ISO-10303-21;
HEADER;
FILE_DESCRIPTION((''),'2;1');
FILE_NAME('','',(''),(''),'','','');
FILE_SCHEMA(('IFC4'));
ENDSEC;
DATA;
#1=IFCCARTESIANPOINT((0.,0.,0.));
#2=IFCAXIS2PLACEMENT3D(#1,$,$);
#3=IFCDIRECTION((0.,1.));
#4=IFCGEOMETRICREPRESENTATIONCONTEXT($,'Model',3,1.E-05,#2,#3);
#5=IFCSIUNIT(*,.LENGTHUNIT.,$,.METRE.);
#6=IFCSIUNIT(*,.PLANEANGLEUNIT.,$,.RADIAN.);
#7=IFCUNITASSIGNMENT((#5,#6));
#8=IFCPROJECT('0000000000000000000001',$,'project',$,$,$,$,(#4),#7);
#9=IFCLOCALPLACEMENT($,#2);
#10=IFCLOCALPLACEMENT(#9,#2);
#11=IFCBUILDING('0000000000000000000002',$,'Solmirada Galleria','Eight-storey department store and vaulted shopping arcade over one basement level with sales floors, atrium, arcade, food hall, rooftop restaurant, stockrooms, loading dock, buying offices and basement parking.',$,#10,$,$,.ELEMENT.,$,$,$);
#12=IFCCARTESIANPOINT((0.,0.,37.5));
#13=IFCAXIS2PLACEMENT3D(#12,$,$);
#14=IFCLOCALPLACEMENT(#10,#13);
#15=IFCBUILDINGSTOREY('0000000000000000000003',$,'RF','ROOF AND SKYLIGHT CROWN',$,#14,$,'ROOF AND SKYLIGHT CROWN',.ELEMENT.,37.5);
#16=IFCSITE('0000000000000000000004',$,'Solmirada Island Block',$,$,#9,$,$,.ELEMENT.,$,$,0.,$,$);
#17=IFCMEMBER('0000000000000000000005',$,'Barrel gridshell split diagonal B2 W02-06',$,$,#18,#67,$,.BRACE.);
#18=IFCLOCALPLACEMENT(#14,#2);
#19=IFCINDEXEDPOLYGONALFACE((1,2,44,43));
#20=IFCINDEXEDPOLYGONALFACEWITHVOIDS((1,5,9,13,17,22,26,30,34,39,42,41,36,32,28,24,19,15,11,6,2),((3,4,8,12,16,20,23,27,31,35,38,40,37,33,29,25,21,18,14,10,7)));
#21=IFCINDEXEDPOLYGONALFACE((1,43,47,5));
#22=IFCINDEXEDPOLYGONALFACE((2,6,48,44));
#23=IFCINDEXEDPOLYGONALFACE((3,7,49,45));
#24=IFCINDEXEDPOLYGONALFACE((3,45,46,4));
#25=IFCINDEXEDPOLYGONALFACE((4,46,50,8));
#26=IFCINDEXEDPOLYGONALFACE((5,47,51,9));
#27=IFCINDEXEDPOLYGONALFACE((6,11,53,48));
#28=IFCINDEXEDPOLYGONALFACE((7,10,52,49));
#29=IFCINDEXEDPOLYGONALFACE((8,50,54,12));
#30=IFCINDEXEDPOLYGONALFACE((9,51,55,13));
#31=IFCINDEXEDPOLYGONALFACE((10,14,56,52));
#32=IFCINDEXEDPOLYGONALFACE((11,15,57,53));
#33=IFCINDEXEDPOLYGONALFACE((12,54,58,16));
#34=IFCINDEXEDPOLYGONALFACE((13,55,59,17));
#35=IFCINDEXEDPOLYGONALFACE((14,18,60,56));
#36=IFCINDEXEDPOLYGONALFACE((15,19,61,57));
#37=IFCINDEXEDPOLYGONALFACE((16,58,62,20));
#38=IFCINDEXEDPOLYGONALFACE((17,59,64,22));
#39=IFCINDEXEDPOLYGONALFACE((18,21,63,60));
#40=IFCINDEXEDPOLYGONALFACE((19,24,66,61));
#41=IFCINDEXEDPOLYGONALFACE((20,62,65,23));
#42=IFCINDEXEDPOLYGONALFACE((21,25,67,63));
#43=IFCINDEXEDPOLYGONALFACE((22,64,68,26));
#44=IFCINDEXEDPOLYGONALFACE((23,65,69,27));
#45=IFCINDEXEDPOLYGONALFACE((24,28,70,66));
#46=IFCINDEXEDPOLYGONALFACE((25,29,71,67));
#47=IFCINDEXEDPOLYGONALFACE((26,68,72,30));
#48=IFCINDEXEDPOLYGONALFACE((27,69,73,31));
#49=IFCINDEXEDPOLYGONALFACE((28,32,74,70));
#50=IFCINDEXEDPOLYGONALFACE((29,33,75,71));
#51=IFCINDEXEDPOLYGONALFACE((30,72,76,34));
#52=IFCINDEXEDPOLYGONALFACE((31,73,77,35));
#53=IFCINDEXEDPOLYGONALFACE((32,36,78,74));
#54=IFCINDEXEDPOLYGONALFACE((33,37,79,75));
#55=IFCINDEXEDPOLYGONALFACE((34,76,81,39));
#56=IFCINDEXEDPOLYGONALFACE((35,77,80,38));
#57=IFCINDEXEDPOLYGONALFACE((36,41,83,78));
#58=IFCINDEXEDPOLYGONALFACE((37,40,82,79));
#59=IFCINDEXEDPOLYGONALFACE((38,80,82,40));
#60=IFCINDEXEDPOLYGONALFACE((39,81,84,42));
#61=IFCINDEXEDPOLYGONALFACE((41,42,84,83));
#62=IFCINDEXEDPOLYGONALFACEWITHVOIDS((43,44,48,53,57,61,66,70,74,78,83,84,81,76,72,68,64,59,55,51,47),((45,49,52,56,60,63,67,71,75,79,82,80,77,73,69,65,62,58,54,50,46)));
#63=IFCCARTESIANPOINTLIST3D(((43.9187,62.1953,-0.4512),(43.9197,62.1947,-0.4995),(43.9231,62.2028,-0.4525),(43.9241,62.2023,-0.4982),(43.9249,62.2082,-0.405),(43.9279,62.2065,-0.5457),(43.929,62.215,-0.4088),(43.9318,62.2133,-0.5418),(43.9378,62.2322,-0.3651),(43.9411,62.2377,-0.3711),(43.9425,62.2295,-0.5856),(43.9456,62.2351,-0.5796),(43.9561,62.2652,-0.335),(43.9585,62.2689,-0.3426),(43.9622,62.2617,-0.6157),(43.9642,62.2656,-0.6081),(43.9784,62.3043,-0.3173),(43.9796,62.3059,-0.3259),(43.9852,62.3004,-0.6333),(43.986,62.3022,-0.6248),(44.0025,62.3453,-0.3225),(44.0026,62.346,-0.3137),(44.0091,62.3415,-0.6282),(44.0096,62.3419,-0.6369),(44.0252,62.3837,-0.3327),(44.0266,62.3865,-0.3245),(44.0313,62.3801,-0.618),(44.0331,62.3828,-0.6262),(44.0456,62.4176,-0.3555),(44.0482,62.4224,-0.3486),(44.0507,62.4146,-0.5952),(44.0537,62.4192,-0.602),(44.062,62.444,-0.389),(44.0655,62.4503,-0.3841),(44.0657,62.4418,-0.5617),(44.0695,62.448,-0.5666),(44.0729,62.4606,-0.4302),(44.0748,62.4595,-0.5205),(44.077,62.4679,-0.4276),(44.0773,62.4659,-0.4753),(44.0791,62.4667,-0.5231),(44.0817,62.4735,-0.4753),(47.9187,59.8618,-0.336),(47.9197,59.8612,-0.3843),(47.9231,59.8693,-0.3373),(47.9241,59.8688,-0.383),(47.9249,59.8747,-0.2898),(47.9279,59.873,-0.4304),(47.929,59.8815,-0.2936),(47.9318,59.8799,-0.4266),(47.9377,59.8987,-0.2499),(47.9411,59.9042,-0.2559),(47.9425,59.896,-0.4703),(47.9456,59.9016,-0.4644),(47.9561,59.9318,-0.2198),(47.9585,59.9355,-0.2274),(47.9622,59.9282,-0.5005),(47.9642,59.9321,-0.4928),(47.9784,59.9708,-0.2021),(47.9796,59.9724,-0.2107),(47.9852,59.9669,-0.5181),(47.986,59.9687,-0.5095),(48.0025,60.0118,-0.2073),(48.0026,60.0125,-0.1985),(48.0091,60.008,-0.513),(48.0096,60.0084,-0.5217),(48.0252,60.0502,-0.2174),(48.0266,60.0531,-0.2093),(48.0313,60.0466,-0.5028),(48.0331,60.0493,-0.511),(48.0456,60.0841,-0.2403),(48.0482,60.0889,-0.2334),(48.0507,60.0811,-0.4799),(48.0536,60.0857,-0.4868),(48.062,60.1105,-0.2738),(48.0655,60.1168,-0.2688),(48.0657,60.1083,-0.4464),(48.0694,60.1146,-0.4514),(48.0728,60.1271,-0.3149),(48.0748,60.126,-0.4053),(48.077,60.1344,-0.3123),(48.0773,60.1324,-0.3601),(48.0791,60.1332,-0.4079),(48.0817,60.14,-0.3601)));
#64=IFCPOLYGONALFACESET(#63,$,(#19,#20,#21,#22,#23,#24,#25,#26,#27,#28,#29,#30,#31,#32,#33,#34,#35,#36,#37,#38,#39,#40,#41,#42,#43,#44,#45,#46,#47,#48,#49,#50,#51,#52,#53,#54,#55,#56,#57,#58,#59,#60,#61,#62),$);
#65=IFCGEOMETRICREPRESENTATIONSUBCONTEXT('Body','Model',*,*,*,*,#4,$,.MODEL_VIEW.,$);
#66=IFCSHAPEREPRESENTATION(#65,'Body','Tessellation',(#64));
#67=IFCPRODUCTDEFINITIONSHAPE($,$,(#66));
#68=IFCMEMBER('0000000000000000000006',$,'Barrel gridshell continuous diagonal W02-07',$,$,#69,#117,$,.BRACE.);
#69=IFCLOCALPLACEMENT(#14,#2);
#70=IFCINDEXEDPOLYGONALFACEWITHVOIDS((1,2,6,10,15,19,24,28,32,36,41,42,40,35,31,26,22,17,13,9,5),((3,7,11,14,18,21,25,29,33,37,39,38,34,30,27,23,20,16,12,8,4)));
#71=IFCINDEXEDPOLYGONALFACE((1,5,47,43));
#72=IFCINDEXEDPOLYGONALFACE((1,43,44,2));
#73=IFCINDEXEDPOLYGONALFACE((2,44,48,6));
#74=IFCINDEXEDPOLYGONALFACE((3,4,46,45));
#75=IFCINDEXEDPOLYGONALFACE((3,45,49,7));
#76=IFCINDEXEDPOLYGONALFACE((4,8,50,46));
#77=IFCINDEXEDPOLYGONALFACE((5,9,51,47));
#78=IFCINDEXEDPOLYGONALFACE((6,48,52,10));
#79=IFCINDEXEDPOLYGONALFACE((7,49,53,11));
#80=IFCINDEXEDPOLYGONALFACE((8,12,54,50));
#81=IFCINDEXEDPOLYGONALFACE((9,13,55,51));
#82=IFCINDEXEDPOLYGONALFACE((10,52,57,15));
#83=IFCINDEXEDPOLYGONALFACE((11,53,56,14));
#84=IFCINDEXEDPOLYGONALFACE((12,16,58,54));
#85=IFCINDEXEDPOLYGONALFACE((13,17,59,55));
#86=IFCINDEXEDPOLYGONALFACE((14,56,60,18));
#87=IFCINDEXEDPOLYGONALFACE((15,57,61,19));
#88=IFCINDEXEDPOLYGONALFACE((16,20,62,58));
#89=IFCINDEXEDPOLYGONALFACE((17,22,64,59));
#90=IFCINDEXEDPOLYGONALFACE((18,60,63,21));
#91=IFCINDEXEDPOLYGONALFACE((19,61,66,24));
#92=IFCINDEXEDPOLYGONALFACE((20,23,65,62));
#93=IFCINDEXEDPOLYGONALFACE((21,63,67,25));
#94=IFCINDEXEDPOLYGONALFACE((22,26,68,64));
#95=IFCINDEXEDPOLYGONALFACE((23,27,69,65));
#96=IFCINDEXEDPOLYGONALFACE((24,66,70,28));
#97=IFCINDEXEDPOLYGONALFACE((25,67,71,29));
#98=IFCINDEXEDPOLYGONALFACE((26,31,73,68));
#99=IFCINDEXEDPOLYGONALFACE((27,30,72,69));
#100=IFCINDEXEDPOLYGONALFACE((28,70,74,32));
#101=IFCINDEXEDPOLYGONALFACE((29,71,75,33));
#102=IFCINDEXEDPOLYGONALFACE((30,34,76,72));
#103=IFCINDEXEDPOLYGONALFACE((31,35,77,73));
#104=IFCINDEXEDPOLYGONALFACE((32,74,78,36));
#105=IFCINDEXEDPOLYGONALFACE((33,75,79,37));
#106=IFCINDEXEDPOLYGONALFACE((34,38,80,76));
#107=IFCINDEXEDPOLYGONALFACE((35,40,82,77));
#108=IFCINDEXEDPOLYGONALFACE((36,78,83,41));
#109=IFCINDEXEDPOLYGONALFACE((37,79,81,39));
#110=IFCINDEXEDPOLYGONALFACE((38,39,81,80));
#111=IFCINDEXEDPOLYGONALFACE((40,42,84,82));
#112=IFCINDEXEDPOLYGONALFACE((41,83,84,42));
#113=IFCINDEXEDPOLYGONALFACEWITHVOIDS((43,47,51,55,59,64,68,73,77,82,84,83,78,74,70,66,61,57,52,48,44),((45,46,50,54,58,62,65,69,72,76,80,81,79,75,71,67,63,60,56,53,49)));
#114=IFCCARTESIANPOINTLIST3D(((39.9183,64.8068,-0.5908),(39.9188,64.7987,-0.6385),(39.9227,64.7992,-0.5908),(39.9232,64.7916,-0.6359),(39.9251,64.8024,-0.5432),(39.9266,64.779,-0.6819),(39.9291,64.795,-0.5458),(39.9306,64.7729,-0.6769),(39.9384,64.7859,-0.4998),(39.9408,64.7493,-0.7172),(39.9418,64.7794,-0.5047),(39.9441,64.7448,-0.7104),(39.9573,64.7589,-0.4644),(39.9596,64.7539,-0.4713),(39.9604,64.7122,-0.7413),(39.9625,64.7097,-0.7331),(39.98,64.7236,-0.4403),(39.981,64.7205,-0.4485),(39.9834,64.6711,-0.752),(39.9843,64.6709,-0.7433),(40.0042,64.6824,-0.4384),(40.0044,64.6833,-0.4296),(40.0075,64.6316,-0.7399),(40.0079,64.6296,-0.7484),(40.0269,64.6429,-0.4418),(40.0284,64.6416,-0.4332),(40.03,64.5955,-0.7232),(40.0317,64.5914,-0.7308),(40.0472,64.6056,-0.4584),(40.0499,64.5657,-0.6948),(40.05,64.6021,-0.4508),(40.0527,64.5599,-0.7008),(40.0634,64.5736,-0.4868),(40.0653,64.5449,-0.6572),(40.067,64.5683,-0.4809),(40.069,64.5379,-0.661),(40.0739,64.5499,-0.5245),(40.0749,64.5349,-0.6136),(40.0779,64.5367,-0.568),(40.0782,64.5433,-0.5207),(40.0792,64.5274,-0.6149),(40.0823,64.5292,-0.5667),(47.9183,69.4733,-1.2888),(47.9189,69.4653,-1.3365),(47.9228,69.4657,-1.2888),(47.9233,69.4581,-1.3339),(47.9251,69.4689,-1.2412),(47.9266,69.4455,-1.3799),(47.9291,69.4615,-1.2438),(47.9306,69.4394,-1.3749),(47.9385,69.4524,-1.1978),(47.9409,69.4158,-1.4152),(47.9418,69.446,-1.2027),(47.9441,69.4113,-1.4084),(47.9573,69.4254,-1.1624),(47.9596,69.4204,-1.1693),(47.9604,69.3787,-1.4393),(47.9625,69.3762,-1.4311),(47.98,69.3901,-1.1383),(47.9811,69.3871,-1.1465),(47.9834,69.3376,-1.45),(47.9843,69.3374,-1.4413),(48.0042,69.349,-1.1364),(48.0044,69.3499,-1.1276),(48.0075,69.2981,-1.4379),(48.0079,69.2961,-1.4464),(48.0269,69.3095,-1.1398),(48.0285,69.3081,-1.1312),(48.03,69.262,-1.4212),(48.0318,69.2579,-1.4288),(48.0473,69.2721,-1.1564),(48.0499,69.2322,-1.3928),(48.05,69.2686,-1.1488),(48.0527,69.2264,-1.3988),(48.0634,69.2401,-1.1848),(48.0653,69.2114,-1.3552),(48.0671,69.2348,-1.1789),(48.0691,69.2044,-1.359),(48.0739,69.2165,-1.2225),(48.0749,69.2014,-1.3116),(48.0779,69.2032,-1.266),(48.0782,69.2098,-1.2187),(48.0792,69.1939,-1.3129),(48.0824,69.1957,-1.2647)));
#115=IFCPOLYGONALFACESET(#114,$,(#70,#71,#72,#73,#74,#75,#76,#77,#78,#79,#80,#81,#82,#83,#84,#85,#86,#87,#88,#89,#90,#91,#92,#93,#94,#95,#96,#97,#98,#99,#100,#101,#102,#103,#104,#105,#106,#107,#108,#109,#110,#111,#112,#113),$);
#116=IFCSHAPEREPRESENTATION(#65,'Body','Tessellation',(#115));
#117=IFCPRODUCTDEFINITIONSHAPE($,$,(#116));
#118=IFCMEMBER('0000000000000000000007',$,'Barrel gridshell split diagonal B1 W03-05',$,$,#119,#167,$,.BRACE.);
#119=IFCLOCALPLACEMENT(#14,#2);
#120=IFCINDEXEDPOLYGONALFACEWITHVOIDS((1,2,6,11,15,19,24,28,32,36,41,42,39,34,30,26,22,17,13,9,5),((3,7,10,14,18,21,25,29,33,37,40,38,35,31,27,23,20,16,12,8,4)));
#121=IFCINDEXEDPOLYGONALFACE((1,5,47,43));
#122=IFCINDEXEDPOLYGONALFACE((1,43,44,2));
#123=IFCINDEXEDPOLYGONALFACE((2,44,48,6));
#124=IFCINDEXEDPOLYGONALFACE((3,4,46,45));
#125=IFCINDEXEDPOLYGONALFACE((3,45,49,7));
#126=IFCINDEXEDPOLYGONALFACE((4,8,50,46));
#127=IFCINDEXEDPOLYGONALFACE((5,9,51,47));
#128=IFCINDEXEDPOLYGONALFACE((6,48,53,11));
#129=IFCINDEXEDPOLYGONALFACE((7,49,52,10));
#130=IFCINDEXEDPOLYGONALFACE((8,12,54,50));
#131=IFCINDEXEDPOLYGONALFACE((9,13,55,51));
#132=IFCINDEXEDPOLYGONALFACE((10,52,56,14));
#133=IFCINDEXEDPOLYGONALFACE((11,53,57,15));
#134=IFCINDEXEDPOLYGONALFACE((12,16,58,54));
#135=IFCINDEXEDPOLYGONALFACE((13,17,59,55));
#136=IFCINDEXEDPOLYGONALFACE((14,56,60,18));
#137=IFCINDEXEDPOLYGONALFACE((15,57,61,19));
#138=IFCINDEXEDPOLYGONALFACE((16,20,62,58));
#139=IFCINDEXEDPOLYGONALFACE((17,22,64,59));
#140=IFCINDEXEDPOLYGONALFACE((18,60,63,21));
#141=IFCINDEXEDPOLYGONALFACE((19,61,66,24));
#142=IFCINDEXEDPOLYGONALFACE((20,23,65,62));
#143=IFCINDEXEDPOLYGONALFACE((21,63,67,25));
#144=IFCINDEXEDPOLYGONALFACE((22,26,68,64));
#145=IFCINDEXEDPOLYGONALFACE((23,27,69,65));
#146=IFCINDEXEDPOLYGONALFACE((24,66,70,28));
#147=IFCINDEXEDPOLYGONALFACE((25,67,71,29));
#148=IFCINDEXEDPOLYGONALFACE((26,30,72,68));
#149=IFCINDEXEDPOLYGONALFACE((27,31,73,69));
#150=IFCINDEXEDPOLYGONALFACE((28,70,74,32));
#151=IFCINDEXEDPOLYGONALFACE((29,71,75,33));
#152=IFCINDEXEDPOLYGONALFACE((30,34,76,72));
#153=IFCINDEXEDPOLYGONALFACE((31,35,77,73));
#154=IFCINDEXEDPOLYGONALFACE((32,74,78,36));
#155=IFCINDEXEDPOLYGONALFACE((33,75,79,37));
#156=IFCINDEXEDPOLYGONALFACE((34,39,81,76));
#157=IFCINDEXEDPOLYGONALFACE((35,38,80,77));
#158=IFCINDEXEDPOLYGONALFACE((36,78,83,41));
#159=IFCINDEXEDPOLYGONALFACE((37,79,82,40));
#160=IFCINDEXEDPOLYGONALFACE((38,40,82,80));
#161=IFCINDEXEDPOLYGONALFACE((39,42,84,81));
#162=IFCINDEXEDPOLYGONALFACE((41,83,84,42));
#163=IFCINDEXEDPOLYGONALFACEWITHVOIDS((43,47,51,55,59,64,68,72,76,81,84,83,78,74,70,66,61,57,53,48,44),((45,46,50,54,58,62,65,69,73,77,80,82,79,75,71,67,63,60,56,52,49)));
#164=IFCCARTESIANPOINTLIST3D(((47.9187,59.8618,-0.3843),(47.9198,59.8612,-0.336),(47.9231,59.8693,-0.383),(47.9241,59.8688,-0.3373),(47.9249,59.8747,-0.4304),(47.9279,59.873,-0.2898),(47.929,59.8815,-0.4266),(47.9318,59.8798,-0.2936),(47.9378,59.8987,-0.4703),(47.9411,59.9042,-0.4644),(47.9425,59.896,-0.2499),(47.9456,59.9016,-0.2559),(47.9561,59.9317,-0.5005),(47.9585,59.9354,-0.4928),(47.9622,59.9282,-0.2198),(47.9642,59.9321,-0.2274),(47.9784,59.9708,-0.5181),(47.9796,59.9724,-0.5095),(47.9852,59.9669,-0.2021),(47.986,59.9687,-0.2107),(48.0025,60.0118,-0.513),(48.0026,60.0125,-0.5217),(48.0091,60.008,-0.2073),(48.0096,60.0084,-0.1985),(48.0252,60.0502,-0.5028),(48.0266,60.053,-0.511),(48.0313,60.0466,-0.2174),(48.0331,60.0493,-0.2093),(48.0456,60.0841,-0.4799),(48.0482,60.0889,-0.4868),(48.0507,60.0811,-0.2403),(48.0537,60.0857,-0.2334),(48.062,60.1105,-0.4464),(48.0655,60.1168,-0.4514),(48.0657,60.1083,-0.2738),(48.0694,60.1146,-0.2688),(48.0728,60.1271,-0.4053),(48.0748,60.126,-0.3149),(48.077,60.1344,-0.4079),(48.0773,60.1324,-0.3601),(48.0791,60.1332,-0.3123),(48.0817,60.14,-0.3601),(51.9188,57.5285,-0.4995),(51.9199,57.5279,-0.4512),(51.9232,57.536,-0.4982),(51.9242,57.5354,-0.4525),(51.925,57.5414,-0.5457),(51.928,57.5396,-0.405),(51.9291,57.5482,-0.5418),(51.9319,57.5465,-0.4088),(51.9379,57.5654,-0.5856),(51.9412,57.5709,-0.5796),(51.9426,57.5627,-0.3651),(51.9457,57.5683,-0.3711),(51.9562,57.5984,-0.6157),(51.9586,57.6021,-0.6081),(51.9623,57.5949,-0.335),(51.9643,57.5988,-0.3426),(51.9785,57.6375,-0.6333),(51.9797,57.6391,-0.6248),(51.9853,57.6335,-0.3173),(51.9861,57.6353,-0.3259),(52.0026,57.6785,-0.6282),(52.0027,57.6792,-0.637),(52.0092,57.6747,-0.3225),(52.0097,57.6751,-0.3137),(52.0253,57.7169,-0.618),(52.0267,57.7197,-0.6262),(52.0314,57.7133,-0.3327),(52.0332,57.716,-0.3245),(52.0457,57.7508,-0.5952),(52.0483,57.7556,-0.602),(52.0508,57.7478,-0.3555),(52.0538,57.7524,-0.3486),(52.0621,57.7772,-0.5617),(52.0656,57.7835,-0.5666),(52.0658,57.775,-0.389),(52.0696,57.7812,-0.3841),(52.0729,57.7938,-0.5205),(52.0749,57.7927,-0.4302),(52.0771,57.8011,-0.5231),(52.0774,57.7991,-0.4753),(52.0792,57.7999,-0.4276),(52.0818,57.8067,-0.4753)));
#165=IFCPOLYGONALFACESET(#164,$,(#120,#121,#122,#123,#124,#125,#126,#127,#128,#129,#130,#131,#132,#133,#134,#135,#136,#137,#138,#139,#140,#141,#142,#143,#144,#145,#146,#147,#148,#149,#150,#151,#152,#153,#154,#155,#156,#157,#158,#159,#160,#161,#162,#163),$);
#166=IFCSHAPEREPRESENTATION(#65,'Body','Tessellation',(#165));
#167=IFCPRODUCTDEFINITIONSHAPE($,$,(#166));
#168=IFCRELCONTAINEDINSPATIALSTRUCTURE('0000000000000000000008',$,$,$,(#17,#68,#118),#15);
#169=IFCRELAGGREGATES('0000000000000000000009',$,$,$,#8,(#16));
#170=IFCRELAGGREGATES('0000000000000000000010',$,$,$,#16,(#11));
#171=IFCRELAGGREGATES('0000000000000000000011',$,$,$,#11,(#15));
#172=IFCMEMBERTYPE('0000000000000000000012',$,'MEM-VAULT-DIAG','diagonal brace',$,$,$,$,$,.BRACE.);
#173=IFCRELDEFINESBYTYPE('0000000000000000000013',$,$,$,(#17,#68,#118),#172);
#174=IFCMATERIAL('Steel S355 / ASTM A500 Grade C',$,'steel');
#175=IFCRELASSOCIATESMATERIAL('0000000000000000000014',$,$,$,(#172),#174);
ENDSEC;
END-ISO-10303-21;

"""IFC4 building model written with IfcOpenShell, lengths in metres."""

from ifc_helpers import new_model, si_unit, direction, frame, origin, origin_2d, place, context, subcontext, project, spatial, hollow_circle, extrude, material, material_profile, profile_set, type_object, element, save


model = new_model("IFC4")

# Units and contexts
model_context = context("Model", 3, precision=1e-05, world=origin(), true_north=direction((0.0, 1.0)))
body_context = subcontext(model_context, "Body", "Model", "MODEL_VIEW")
ifc_project = project(units=[si_unit("LENGTHUNIT", "METRE"), si_unit("PLANEANGLEUNIT", "RADIAN")], contexts=[model_context])

# Site, building, storey
site_placement = place(None, origin())
site = spatial("IfcSite", under=ifc_project, at=site_placement, Name="Solmirada Island Block", CompositionType="ELEMENT", RefElevation=0.0)
building_placement = place(site_placement, origin())
building = spatial("IfcBuilding", under=site, at=building_placement, Name="Solmirada Galleria", Description="Eight-storey department store and vaulted shopping arcade over one basement level with sales floors, atrium, arcade, food hall, rooftop restaurant, stockrooms, loading dock, buying offices and basement parking.", CompositionType="ELEMENT")
storey_placement = place(building_placement, frame((0.0, 0.0, 37.5)))
storey = spatial("IfcBuildingStorey", under=building, at=storey_placement, Name="RF", Description="ROOF AND SKYLIGHT CROWN", LongName="ROOF AND SKYLIGHT CROWN", CompositionType="ELEMENT", Elevation=37.5)

# Members
ifc_material_1 = material(Name="Steel S355 / ASTM A500 Grade C", Category="steel")
ifc_material_profile_1 = material_profile(ifc_material_1, hollow_circle(Radius=0.1621, WallThickness=0.0088, at=origin_2d()), Name="HSS12.750X0.375")
ifc_profile_set_1 = profile_set([ifc_material_profile_1], Name="Steel S355 / ASTM A500 Grade C")
member_type_1 = type_object("IfcMemberType", Name="MEM-VAULT-DIAG", Description="diagonal brace", PredefinedType="BRACE", material=ifc_profile_set_1)
for number, where, z_axis, x_axis, name in (
    (1, (44.0, 62.3335, -0.4753), (0.863496, -0.503741, 0.024876), (0.503897, 0.863764, 0.0), "Barrel gridshell split diagonal B2 W02-06"),
):
    element("IfcMember", number, at=place(storey_placement, frame(where, z_axis=z_axis, x_axis=x_axis)), inside=storey, type_object=member_type_1, Name=name, PredefinedType="BRACE", context=body_context, shape_type="SweptSolid", body=[
        extrude(hollow_circle(Radius=0.1621, WallThickness=0.0088, at=origin_2d()), origin(), (0.0, 0.0, 1.0), 4.6323),
    ])
member_1_placement = place(storey_placement, frame((40.0, 64.6667, -0.5908), z_axis=(0.861344, 0.502433, -0.075152), x_axis=(-0.503858, 0.863787, 0.0)))
element("IfcMember", 2, at=member_1_placement, inside=storey, type_object=member_type_1, Name="Barrel gridshell continuous diagonal W02-07", PredefinedType="BRACE", context=body_context, shape_type="SweptSolid", body=[
    extrude(hollow_circle(Radius=0.1621, WallThickness=0.0088, at=origin_2d()), origin(), (0.0, 0.0, 1.0), 9.2878),
])
for number, where, z_axis, x_axis, name in (
    (3, (48.0, 60.0, -0.3601), (0.863519, -0.503702, -0.024877), (0.503858, 0.863787, 0.0), "Barrel gridshell split diagonal B1 W03-05"),
):
    element("IfcMember", number, at=place(storey_placement, frame(where, z_axis=z_axis, x_axis=x_axis)), inside=storey, type_object=member_type_1, Name=name, PredefinedType="BRACE", context=body_context, shape_type="SweptSolid", body=[
        extrude(hollow_circle(Radius=0.1621, WallThickness=0.0088, at=origin_2d()), origin(), (0.0, 0.0, 1.0), 4.6323),
    ])

save(model, "model.ifc")
